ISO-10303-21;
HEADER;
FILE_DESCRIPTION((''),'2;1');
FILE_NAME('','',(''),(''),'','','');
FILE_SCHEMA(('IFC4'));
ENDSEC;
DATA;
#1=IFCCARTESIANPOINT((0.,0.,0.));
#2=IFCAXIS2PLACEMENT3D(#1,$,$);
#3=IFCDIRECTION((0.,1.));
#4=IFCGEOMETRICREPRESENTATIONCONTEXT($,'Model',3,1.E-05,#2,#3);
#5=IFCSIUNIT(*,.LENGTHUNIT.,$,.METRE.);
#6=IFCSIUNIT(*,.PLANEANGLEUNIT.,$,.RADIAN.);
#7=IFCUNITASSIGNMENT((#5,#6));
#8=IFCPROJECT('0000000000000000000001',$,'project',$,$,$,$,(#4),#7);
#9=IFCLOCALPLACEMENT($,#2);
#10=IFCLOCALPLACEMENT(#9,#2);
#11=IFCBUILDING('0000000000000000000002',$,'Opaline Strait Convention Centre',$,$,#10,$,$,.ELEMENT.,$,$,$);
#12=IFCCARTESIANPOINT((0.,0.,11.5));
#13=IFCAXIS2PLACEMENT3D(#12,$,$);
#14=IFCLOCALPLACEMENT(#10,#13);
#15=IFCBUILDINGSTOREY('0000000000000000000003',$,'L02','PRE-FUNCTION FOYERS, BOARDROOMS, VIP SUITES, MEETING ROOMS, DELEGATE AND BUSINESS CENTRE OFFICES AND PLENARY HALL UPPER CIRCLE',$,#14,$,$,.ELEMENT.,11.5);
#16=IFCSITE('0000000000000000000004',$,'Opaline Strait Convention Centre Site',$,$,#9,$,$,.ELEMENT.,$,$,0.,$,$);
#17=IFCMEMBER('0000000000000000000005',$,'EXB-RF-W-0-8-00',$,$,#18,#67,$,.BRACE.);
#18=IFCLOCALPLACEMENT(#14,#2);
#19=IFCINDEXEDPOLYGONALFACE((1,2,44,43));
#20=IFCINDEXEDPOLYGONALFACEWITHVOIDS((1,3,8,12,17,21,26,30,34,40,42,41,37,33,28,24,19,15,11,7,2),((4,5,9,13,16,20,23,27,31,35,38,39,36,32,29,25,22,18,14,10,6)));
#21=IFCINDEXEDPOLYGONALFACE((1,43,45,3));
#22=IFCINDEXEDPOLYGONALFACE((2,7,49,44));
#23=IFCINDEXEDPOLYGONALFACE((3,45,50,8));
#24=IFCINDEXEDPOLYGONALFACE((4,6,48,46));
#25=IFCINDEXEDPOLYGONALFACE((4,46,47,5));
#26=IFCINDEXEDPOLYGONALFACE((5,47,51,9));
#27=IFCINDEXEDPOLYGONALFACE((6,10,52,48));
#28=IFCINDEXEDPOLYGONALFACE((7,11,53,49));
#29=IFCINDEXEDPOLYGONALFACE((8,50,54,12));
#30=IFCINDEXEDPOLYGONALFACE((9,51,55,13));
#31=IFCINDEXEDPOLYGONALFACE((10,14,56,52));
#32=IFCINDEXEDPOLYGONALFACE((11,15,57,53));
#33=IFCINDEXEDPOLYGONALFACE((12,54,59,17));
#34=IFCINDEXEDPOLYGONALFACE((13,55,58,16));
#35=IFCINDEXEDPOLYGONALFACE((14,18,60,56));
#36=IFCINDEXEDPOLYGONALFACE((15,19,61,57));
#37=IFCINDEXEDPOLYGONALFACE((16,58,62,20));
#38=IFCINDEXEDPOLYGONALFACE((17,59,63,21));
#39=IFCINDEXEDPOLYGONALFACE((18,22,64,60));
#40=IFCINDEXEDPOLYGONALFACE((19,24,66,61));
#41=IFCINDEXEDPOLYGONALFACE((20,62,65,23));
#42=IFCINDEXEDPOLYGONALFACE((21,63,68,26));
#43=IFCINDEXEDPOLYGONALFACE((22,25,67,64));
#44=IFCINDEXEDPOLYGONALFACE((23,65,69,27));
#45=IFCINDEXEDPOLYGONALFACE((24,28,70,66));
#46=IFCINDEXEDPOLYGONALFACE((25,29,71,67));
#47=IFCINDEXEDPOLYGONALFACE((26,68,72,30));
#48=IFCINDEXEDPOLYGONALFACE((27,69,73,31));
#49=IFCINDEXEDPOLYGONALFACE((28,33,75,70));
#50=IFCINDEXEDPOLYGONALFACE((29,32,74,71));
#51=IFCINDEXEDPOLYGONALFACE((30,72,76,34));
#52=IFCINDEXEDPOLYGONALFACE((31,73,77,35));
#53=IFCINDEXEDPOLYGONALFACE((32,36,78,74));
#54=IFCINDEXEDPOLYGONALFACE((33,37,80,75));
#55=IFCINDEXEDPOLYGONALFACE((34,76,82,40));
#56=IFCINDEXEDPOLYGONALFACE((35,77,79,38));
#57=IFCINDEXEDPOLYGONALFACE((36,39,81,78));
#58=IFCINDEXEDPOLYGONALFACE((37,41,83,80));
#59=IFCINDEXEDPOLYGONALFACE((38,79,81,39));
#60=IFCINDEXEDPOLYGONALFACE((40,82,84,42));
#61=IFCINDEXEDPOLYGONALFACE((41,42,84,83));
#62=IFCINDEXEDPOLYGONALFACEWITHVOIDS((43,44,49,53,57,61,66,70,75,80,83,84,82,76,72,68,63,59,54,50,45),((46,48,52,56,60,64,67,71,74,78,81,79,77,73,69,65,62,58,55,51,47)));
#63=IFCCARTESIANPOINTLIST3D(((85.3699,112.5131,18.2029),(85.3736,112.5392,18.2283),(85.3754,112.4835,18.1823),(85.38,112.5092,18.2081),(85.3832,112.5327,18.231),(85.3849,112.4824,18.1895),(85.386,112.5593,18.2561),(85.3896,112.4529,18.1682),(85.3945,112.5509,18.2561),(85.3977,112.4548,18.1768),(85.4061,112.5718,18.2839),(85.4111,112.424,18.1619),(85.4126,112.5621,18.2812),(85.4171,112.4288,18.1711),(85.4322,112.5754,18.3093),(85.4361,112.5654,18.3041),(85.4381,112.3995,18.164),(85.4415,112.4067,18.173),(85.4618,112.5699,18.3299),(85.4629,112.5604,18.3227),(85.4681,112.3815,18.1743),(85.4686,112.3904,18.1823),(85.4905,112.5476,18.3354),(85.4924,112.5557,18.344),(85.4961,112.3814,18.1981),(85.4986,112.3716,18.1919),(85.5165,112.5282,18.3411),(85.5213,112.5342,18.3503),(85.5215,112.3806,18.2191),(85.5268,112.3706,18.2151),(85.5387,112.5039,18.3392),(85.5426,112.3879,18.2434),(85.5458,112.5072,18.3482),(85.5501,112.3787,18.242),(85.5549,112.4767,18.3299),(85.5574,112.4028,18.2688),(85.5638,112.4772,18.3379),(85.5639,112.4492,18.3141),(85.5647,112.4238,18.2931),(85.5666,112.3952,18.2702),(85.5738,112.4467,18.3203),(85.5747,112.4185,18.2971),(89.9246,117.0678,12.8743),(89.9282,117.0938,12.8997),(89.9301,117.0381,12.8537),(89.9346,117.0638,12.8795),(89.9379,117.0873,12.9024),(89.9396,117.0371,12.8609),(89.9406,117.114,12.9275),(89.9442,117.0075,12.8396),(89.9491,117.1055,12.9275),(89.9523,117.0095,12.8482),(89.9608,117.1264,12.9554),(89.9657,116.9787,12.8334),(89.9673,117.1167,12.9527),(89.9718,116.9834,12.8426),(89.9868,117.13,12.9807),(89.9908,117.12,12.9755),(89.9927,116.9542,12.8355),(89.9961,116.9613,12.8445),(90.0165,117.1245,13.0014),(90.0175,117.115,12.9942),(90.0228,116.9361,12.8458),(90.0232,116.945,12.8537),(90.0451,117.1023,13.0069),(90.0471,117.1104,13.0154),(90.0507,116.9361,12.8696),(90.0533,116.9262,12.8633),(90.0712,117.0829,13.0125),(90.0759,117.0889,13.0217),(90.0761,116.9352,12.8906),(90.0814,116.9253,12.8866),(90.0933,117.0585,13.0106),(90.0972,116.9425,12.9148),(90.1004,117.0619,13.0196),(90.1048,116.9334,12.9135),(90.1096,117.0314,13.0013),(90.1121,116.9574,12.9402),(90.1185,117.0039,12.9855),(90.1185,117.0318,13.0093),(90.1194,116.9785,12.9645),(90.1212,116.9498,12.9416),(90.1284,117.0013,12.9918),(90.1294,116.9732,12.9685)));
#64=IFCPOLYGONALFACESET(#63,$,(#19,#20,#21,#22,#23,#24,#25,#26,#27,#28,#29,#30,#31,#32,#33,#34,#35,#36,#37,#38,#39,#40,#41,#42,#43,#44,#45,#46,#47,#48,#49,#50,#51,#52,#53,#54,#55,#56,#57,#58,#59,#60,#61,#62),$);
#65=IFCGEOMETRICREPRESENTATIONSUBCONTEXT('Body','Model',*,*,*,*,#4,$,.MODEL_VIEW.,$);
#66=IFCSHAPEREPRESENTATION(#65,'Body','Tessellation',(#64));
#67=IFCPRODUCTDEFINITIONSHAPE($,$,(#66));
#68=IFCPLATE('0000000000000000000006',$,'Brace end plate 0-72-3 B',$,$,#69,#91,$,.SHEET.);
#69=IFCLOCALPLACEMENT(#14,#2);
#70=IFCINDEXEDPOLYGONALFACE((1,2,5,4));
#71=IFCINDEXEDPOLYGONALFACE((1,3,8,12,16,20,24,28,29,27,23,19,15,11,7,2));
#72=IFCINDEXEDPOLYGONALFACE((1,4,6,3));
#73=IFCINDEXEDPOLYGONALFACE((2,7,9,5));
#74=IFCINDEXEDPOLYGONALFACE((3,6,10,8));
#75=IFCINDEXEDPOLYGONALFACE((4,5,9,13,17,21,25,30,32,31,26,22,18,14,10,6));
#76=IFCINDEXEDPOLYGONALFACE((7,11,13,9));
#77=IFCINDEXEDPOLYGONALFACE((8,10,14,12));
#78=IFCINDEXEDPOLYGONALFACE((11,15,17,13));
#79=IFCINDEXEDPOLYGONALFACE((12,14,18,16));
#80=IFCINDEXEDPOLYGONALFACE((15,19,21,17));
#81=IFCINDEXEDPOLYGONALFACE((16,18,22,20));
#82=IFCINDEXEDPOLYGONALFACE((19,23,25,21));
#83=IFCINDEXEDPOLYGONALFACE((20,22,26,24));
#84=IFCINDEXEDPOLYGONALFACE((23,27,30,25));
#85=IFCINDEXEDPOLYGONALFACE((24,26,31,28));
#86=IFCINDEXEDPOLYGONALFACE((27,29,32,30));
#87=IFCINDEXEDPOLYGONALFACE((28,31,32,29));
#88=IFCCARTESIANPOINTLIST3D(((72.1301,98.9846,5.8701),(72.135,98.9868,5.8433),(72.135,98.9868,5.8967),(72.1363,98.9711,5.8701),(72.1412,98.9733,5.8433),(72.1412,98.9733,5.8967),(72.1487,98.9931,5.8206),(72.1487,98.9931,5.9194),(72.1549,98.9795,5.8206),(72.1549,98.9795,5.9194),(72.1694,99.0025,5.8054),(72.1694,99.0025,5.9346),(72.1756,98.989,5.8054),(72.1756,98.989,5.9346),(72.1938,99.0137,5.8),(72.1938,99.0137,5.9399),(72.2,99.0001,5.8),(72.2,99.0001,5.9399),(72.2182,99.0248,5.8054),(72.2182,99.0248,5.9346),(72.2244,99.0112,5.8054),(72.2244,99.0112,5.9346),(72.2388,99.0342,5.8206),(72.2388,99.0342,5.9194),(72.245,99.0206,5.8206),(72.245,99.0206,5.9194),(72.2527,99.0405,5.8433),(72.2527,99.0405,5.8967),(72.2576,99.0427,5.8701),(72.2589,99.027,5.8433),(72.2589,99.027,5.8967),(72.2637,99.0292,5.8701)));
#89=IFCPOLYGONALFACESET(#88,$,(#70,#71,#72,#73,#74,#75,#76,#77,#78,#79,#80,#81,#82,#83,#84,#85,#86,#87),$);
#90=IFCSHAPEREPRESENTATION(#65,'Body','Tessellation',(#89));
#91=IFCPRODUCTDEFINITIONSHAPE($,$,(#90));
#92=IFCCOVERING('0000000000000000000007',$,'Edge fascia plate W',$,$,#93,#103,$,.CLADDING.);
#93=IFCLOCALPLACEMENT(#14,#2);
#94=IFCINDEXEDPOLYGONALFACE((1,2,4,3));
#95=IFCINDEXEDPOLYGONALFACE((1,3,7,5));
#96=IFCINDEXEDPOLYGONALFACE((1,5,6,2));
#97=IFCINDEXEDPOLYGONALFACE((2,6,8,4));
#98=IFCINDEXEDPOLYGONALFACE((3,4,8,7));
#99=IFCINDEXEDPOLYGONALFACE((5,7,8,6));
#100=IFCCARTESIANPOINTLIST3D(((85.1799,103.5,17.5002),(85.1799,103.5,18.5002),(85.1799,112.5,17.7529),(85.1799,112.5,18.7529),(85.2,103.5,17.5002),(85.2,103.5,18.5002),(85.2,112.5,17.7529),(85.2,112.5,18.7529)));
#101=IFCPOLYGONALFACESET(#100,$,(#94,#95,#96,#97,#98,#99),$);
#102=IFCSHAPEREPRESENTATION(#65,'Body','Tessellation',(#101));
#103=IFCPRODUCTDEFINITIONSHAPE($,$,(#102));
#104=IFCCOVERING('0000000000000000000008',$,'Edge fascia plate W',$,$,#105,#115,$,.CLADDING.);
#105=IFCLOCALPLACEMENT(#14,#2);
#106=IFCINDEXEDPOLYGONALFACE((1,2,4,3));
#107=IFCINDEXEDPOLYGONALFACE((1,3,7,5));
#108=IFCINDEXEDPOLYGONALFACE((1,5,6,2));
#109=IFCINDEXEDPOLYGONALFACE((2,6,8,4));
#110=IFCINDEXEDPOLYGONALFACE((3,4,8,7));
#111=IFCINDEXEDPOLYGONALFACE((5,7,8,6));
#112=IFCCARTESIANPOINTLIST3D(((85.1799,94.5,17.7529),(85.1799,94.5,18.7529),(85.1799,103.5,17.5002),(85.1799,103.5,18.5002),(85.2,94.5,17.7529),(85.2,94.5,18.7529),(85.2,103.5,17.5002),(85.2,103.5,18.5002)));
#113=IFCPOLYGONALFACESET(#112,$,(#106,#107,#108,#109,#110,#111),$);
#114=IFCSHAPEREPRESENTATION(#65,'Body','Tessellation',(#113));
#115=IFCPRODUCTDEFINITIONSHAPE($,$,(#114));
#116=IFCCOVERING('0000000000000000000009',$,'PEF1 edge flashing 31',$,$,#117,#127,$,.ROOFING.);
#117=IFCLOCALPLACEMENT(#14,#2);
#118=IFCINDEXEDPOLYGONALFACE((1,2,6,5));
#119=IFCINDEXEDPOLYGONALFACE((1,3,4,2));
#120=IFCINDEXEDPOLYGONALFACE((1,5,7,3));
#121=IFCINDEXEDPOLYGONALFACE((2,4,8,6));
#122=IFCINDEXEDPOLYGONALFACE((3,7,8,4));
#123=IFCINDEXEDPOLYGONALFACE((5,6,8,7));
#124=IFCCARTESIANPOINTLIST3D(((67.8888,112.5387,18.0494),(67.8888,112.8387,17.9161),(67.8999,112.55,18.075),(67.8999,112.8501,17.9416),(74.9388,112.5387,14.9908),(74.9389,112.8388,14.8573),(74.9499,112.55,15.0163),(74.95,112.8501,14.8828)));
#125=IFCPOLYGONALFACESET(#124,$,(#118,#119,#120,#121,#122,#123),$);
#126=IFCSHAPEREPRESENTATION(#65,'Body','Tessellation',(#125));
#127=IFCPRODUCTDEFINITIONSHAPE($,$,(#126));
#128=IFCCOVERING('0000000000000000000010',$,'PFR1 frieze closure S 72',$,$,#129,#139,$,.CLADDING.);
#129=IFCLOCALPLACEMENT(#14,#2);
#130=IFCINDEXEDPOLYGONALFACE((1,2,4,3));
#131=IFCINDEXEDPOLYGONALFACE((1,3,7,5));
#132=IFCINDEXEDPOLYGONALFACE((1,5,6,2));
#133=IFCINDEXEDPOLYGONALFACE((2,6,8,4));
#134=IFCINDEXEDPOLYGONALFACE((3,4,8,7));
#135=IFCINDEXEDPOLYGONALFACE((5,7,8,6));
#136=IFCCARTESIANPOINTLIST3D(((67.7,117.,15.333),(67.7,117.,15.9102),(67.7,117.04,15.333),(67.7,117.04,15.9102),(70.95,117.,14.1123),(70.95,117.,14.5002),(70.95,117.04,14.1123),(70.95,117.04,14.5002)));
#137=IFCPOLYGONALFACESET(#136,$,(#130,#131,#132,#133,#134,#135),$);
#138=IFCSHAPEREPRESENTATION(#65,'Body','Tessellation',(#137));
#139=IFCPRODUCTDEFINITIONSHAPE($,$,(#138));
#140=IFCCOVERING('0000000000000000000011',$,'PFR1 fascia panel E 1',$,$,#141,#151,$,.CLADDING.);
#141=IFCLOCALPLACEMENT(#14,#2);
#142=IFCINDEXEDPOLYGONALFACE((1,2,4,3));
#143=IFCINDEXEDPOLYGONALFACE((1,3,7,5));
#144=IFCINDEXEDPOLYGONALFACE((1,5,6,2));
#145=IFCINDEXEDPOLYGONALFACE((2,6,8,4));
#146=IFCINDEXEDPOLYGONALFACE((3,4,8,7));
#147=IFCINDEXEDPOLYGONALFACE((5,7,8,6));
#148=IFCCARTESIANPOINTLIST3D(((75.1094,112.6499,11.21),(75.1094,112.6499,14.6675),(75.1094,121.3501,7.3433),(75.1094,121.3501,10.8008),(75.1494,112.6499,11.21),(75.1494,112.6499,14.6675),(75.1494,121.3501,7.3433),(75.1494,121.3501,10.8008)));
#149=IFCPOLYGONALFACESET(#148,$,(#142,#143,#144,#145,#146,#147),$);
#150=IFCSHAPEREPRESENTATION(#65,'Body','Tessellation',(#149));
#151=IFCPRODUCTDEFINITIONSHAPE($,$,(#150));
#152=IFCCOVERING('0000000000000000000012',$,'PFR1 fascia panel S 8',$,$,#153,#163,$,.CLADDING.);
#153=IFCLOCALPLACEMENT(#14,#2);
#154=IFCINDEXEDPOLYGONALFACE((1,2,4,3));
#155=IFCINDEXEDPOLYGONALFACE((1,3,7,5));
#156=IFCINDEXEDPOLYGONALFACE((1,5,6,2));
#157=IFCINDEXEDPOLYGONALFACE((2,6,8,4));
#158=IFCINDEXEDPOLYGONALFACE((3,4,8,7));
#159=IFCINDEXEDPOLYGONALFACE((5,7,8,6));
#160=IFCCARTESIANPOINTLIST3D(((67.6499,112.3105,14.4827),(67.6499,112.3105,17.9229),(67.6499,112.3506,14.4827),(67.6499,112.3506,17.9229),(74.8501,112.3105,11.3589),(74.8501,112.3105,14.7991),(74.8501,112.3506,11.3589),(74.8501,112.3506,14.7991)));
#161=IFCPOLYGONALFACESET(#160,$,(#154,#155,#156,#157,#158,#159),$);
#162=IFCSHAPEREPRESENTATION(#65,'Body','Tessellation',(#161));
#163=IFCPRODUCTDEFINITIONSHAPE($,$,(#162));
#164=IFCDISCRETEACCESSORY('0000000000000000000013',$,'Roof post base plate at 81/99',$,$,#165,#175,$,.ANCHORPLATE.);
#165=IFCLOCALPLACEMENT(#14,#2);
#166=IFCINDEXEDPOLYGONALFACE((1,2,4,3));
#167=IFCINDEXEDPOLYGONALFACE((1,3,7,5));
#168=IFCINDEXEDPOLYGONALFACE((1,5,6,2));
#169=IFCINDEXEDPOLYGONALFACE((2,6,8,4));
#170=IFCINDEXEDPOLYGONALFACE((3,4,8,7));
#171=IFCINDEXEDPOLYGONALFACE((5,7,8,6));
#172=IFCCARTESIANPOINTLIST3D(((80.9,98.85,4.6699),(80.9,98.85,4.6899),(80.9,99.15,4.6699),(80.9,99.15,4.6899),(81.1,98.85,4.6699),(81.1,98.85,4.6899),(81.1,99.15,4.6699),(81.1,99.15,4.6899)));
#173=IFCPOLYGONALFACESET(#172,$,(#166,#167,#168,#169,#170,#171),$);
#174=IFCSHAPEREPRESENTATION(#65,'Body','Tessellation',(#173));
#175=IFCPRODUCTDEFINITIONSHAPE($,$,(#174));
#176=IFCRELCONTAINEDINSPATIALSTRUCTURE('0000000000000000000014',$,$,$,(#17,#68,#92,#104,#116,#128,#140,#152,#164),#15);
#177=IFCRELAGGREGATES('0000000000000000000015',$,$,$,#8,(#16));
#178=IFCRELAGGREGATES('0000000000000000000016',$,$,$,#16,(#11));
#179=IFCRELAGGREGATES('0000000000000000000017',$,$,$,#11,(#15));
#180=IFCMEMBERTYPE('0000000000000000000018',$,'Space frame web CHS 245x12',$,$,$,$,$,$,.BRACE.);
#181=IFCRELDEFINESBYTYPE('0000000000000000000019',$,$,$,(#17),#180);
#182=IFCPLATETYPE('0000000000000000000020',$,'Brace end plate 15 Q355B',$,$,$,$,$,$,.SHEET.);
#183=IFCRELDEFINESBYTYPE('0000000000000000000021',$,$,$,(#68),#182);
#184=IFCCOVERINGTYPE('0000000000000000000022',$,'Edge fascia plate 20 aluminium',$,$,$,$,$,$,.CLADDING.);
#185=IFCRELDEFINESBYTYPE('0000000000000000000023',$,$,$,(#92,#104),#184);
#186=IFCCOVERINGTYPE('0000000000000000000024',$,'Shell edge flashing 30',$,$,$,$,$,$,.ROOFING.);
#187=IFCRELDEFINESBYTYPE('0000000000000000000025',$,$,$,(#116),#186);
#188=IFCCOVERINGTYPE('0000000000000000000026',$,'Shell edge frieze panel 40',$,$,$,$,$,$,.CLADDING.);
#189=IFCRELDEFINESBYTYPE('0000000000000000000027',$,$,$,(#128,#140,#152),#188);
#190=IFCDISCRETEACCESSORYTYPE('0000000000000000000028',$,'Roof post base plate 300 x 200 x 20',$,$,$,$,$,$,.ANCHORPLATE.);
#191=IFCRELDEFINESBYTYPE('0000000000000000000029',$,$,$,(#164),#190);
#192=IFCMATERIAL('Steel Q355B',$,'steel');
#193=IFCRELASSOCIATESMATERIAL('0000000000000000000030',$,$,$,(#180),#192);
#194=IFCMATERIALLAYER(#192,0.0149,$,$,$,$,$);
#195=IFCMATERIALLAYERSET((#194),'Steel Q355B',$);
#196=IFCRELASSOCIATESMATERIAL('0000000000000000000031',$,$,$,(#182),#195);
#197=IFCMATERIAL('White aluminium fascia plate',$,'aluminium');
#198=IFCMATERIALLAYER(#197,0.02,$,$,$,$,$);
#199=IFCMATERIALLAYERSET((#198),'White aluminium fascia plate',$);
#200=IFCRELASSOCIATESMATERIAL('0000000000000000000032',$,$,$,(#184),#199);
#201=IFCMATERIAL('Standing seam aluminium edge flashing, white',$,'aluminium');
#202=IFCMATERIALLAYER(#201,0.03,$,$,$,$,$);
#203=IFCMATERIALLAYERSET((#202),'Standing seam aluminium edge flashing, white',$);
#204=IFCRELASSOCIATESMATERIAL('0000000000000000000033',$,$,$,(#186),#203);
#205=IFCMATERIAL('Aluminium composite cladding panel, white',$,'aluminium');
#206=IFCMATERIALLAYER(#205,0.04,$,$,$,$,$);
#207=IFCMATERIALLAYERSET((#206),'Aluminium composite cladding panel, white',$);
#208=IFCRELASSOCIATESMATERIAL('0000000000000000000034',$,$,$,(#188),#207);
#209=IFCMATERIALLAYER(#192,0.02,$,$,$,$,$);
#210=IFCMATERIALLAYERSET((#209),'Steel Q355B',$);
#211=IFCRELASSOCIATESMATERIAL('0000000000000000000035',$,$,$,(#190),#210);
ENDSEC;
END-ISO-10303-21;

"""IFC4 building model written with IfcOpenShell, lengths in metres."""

from ifc_helpers import new_model, si_unit, direction, frame, origin, origin_2d, place, context, subcontext, project, spatial, polyline, rectangle, hollow_circle, outline, extrude, material, layer, layer_set, material_profile, profile_set, type_object, element, save


model = new_model("IFC4")

# Units and contexts
model_context = context("Model", 3, precision=1e-05, world=origin(), true_north=direction((0.0, 1.0)))
body_context = subcontext(model_context, "Body", "Model", "MODEL_VIEW")
ifc_project = project(units=[si_unit("LENGTHUNIT", "METRE"), si_unit("PLANEANGLEUNIT", "RADIAN")], contexts=[model_context])

# Site, building, storey
site_placement = place(None, origin())
site = spatial("IfcSite", under=ifc_project, at=site_placement, Name="Opaline Strait Convention Centre Site", CompositionType="ELEMENT", RefElevation=0.0)
building_placement = place(site_placement, origin())
building = spatial("IfcBuilding", under=site, at=building_placement, Name="Opaline Strait Convention Centre", CompositionType="ELEMENT")
storey_placement = place(building_placement, frame((0.0, 0.0, 11.5)))
storey = spatial("IfcBuildingStorey", under=building, at=storey_placement, Name="L02", Description="PRE-FUNCTION FOYERS, BOARDROOMS, VIP SUITES, MEETING ROOMS, DELEGATE AND BUSINESS CENTRE OFFICES AND PLENARY HALL UPPER CIRCLE", CompositionType="ELEMENT", Elevation=11.5)

# Member
ifc_material_1 = material(Name="Steel Q355B", Category="steel")
ifc_material_profile_1 = material_profile(ifc_material_1, hollow_circle(Radius=0.1226, WallThickness=0.012, at=origin_2d()), Name="CHS 245x12")
ifc_profile_set_1 = profile_set([ifc_material_profile_1], Name="Steel Q355B")
member_type_1 = type_object("IfcMemberType", Name="Space frame web CHS 245x12", PredefinedType="BRACE", material=ifc_profile_set_1)
member_1_placement = place(storey_placement, frame((85.4727, 112.4727, 18.2561), z_axis=(0.544839, 0.544839, -0.637417), x_axis=(-0.707107, 0.707107, 0.0)))
element("IfcMember", 1, at=member_1_placement, inside=storey, type_object=member_type_1, Name="EXB-RF-W-0-8-00", PredefinedType="BRACE", context=body_context, shape_type="SweptSolid", body=[
    extrude(hollow_circle(Radius=0.1226, WallThickness=0.012, at=origin_2d()), origin(), (0.0, 0.0, 1.0), 8.3596),
])

# Plate
ifc_layer_1 = layer(ifc_material_1, 0.0149)
ifc_layer_set_1 = layer_set([ifc_layer_1], Name="Steel Q355B")
plate_type = type_object("IfcPlateType", Name="Brace end plate 15 Q355B", PredefinedType="SHEET", material=ifc_layer_set_1)
plate_placement = place(storey_placement, frame((72.2576, 99.0427, 5.8701), z_axis=(-0.414837, 0.909896, 0.0), x_axis=(-0.177911, -0.081112, -0.980698)))
element("IfcPlate", 2, at=plate_placement, inside=storey, type_object=plate_type, Name="Brace end plate 0-72-3 B", PredefinedType="SHEET", context=body_context, shape_type="SweptSolid", body=[
    extrude(outline(polyline([(0.0, 0.0), (0.0274, 0.0), (0.0526, 0.0106), (0.0719, 0.0298), (0.0824, 0.055), (0.0824, 0.0824), (0.072, 0.1076), (0.0527, 0.1269), (0.0274, 0.1374), (0.0002, 0.1373), (-0.025, 0.127), (-0.0443, 0.1076), (-0.0548, 0.0823), (-0.0548, 0.055), (-0.0443, 0.0299), (-0.0251, 0.0105), (0.0, 0.0)])), origin(), (0.0, 0.0, -1.0), 0.0149),
])

# Coverings
ifc_material_2 = material(Name="White aluminium fascia plate", Category="aluminium")
ifc_layer_2 = layer(ifc_material_2, 0.02)
ifc_layer_set_2 = layer_set([ifc_layer_2], Name="White aluminium fascia plate")
covering_type_1 = type_object("IfcCoveringType", Name="Edge fascia plate 20 aluminium", PredefinedType="CLADDING", material=ifc_layer_set_2)
covering_1_placement = place(storey_placement, frame((85.2, 108.0, 18.1265), z_axis=(-1.0, 0.0, 0.0), x_axis=(0.0, -1.0, 0.0)))
element("IfcCovering", 3, at=covering_1_placement, inside=storey, type_object=covering_type_1, Name="Edge fascia plate W", PredefinedType="CLADDING", context=body_context, shape_type="SweptSolid", body=[
    extrude(outline(polyline([(-4.5, 0.6265), (4.5, 0.3738), (4.5, -0.6262), (-4.5, -0.3735), (-4.5, 0.6265)])), origin(), (0.0, 0.0, 1.0), 0.02),
])
covering_2_placement = place(storey_placement, frame((85.2, 99.0, 18.1265), z_axis=(-1.0, 0.0, 0.0), x_axis=(0.0, -1.0, 0.0)))
element("IfcCovering", 4, at=covering_2_placement, inside=storey, type_object=covering_type_1, Name="Edge fascia plate W", PredefinedType="CLADDING", context=body_context, shape_type="SweptSolid", body=[
    extrude(outline(polyline([(-4.5, 0.3738), (4.5, 0.6265), (4.5, -0.3735), (-4.5, -0.6262), (-4.5, 0.3738)])), origin(), (0.0, 0.0, 1.0), 0.02),
])
ifc_material_3 = material(Name="Standing seam aluminium edge flashing, white", Category="aluminium")
ifc_layer_3 = layer(ifc_material_3, 0.03)
ifc_layer_set_3 = layer_set([ifc_layer_3], Name="Standing seam aluminium edge flashing, white")
covering_type_2 = type_object("IfcCoveringType", Name="Shell edge flashing 30", PredefinedType="ROOFING", material=ifc_layer_set_3)
covering_3_placement = place(storey_placement, frame((67.8999, 112.55, 18.075), z_axis=(0.368528, 0.377713, 0.849423), x_axis=(0.917381, -0.000005, -0.39801)))
element("IfcCovering", 5, at=covering_3_placement, inside=storey, type_object=covering_type_2, Name="PEF1 edge flashing 31", PredefinedType="ROOFING", context=body_context, shape_type="SweptSolid", body=[
    extrude(outline(polyline([(0.0, 0.0), (7.6849, 0.0), (7.7381, 0.3241), (0.0531, 0.324), (0.0, 0.0)])), origin(), (0.0, 0.0, -1.0), 0.03),
])
ifc_material_4 = material(Name="Aluminium composite cladding panel, white", Category="aluminium")
ifc_layer_4 = layer(ifc_material_4, 0.04)
ifc_layer_set_4 = layer_set([ifc_layer_4], Name="Aluminium composite cladding panel, white")
covering_type_3 = type_object("IfcCoveringType", Name="Shell edge frieze panel 40", PredefinedType="CLADDING", material=ifc_layer_set_4)
covering_4_placement = place(storey_placement, frame((67.7, 117.0, 15.333), z_axis=(0.0, -1.0, 0.0), x_axis=(0.936144, 0.0, -0.351617)))
element("IfcCovering", 6, at=covering_4_placement, inside=storey, type_object=covering_type_3, Name="PFR1 frieze closure S 72", PredefinedType="CLADDING", context=body_context, shape_type="SweptSolid", body=[
    extrude(outline(polyline([(0.0, 0.0), (3.4717, 0.0), (3.3353, 0.3632), (-0.2029, 0.5403), (0.0, 0.0)])), origin(), (0.0, 0.0, -1.0), 0.04),
])
covering_5_placement = place(storey_placement, frame((75.1494, 112.6499, 11.21), z_axis=(1.0, 0.0, 0.0), x_axis=(0.0, 0.913814, -0.406134)))
element("IfcCovering", 7, at=covering_5_placement, inside=storey, type_object=covering_type_3, Name="PFR1 fascia panel E 1", PredefinedType="CLADDING", context=body_context, shape_type="SweptSolid", body=[
    extrude(outline(polyline([(0.0, 0.0), (9.5208, 0.0), (8.1165, 3.1595), (-1.4042, 3.1595), (0.0, 0.0)])), origin(), (0.0, 0.0, -1.0), 0.04),
])
covering_6_placement = place(storey_placement, frame((67.6499, 112.3506, 17.9229), z_axis=(0.0, 1.0, 0.0), x_axis=(0.917384, 0.0, -0.398004)))
element("IfcCovering", 8, at=covering_6_placement, inside=storey, type_object=covering_type_3, Name="PFR1 fascia panel S 8", PredefinedType="CLADDING", context=body_context, shape_type="SweptSolid", body=[
    extrude(outline(polyline([(0.0, 0.0), (7.8486, 0.0), (9.2178, 3.156), (1.3692, 3.156), (0.0, 0.0)])), origin(), (0.0, 0.0, -1.0), 0.04),
])

# Discrete accessory
ifc_layer_5 = layer(ifc_material_1, 0.02)
ifc_layer_set_5 = layer_set([ifc_layer_5], Name="Steel Q355B")
discrete_accessory_type_1 = type_object("IfcDiscreteAccessoryType", Name="Roof post base plate 300 x 200 x 20", PredefinedType="ANCHORPLATE", material=ifc_layer_set_5)
discrete_accessory_1_placement = place(storey_placement, frame((81.0, 99.0, 4.6699), z_axis=(0.0, 0.0, 1.0), x_axis=(1.0, 0.0, 0.0)))
element("IfcDiscreteAccessory", 9, at=discrete_accessory_1_placement, inside=storey, type_object=discrete_accessory_type_1, Name="Roof post base plate at 81/99", PredefinedType="ANCHORPLATE", context=body_context, shape_type="SweptSolid", body=[
    extrude(rectangle(XDim=0.2, YDim=0.3, at=origin_2d()), origin(), (0.0, 0.0, 1.0), 0.02),
])

save(model, "model.ifc")
